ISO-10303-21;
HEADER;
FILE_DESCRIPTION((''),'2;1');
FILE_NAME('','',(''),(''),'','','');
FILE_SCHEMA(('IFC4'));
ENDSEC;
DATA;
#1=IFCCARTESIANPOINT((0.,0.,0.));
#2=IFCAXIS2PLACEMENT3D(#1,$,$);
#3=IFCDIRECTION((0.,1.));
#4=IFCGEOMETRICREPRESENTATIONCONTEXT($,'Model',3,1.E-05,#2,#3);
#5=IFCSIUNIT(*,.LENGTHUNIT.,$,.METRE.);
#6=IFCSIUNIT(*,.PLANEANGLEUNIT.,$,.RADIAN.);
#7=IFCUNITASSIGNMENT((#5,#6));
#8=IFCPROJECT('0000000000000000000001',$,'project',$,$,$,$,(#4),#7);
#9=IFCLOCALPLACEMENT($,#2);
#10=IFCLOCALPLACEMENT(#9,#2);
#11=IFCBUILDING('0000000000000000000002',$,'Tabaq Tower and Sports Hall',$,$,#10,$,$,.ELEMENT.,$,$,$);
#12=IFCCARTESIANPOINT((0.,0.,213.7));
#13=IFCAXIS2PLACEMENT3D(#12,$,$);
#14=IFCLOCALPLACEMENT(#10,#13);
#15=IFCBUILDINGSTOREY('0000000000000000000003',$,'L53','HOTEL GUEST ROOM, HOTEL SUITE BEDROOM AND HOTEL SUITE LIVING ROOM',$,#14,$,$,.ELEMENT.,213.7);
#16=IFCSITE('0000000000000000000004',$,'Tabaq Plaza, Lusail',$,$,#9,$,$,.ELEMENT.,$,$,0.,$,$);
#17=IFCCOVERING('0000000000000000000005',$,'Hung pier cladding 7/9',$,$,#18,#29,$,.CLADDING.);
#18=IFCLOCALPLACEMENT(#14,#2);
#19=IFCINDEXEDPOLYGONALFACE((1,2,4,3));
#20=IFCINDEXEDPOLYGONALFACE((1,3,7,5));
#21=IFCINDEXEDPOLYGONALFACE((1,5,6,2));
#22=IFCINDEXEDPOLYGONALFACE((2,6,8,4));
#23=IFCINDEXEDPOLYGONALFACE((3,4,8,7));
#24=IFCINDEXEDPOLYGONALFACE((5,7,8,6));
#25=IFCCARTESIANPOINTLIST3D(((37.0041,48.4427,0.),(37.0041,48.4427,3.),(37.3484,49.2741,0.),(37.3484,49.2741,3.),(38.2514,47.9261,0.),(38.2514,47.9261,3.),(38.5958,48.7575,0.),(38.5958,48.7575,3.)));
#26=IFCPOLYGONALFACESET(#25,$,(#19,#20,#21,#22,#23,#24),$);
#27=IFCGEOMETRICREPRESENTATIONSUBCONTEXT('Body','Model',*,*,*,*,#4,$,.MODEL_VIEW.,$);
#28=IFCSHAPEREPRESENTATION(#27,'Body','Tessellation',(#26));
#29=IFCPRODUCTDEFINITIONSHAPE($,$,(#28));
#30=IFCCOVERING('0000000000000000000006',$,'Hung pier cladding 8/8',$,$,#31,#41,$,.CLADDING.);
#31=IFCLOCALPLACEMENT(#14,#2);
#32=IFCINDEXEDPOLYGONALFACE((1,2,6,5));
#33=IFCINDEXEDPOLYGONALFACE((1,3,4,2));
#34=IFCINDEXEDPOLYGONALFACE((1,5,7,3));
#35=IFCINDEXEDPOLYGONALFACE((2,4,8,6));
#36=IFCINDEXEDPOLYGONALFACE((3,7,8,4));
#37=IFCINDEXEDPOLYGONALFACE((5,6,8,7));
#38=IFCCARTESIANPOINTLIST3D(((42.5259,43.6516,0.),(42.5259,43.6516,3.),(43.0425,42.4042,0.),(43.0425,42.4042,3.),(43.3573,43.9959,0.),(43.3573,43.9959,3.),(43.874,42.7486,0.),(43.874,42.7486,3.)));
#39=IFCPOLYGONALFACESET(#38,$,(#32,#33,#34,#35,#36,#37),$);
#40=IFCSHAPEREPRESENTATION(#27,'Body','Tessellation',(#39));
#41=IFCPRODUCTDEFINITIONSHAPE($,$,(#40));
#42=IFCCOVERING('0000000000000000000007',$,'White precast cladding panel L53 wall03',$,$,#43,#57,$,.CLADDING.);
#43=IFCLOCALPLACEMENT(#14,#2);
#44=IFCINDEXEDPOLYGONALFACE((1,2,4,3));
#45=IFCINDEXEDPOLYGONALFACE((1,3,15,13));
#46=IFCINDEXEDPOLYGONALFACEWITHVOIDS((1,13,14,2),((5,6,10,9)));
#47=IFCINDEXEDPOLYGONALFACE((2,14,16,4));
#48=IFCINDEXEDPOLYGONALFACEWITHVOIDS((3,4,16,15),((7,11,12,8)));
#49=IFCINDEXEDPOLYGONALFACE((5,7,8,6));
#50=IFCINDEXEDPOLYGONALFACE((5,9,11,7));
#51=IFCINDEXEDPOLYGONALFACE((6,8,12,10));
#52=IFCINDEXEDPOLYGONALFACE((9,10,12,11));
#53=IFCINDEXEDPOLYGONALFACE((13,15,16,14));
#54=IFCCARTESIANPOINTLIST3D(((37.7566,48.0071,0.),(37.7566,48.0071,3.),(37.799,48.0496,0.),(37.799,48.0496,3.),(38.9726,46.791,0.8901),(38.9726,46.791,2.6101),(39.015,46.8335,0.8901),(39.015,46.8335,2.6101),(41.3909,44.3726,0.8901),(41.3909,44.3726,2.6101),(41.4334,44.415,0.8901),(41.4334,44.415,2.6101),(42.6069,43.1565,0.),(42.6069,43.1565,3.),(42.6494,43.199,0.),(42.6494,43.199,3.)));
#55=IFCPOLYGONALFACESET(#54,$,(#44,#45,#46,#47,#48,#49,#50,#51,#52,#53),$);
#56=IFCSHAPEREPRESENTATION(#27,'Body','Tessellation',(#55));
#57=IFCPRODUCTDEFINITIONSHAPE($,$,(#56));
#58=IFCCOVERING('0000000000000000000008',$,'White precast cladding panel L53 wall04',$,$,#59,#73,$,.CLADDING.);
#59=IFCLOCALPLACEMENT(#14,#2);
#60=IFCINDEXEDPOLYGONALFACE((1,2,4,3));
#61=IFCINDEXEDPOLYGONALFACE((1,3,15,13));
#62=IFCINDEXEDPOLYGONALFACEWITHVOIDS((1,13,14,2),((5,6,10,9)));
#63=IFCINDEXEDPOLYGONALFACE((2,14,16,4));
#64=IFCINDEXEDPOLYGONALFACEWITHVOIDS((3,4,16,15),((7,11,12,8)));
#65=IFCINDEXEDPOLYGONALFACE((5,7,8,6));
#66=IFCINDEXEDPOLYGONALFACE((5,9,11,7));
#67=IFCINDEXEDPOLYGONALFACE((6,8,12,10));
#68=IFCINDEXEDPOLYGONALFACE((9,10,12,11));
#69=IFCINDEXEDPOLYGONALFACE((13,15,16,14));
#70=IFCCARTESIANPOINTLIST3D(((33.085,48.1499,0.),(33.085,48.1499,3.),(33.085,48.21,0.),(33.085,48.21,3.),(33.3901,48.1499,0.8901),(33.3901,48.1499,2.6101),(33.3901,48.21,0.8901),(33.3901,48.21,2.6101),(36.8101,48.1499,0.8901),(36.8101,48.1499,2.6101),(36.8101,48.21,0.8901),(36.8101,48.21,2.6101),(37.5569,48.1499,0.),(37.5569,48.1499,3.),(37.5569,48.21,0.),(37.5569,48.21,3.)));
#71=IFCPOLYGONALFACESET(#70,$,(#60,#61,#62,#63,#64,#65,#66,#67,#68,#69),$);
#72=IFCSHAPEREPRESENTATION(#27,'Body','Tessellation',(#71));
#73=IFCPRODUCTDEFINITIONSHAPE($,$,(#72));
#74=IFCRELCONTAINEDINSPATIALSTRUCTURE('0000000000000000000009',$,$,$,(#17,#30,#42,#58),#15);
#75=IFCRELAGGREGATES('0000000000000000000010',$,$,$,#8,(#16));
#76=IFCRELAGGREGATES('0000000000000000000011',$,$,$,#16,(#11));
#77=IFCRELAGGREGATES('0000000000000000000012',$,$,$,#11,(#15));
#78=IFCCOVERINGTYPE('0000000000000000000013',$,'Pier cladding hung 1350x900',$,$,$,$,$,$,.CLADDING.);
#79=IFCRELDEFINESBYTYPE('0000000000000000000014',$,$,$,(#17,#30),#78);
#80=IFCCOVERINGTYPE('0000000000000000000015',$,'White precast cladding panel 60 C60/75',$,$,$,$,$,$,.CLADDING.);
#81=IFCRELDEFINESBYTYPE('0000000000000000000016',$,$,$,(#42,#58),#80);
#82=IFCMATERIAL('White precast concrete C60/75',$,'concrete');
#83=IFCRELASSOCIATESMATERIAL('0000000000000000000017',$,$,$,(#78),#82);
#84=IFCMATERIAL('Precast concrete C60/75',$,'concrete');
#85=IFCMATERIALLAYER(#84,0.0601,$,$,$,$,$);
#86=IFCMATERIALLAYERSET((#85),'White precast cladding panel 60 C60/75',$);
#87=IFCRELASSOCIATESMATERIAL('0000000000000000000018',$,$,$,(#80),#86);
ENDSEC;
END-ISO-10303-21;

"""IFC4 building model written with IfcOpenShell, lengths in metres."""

from ifc_helpers import new_model, si_unit, direction, frame, frame_2d, origin, place, context, subcontext, project, spatial, polyline, rectangle, outline, extrude, material, layer, layer_set, type_object, element, save


model = new_model("IFC4")

# Units and contexts
model_context = context("Model", 3, precision=1e-05, world=origin(), true_north=direction((0.0, 1.0)))
body_context = subcontext(model_context, "Body", "Model", "MODEL_VIEW")
ifc_project = project(units=[si_unit("LENGTHUNIT", "METRE"), si_unit("PLANEANGLEUNIT", "RADIAN")], contexts=[model_context])

# Site, building, storey
site_placement = place(None, origin())
site = spatial("IfcSite", under=ifc_project, at=site_placement, Name="Tabaq Plaza, Lusail", CompositionType="ELEMENT", RefElevation=0.0)
building_placement = place(site_placement, origin())
building = spatial("IfcBuilding", under=site, at=building_placement, Name="Tabaq Tower and Sports Hall", CompositionType="ELEMENT")
storey_placement = place(building_placement, frame((0.0, 0.0, 213.7)))
storey = spatial("IfcBuildingStorey", under=building, at=storey_placement, Name="L53", Description="HOTEL GUEST ROOM, HOTEL SUITE BEDROOM AND HOTEL SUITE LIVING ROOM", CompositionType="ELEMENT", Elevation=213.7)

# Coverings
ifc_material_1 = material(Name="White precast concrete C60/75", Category="concrete")
covering_type_1 = type_object("IfcCoveringType", Name="Pier cladding hung 1350x900", PredefinedType="CLADDING", material=ifc_material_1)
for number, where, z_axis, x_axis, name in (
    (1, (38.4236, 48.3418, 0.0), (0.0, 0.0, 1.0), (-0.923893, 0.38265, 0.0), "Hung pier cladding 7/9"),
    (2, (43.4583, 42.5764, 0.0), (0.0, 0.0, 1.0), (-0.38265, 0.923893, 0.0), "Hung pier cladding 8/8"),
):
    element("IfcCovering", number, at=place(storey_placement, frame(where, z_axis=z_axis, x_axis=x_axis)), inside=storey, type_object=covering_type_1, Name=name, PredefinedType="CLADDING", context=body_context, shape_type="SweptSolid", body=[
        extrude(rectangle(XDim=1.3501, YDim=0.8999, at=frame_2d((0.675, 0.0))), origin(), (0.0, 0.0, 1.0), 3.0),
    ])
ifc_material_2 = material(Name="Precast concrete C60/75", Category="concrete")
ifc_layer_1 = layer(ifc_material_2, 0.0601)
ifc_layer_set_1 = layer_set([ifc_layer_1], Name="White precast cladding panel 60 C60/75")
covering_type_2 = type_object("IfcCoveringType", Name="White precast cladding panel 60 C60/75", PredefinedType="CLADDING", material=ifc_layer_set_1)
covering_1_placement = place(storey_placement, frame((42.6282, 43.1777, 0.0), z_axis=(0.0, 0.0, 1.0), x_axis=(-0.707089, 0.707125, 0.0)))
element("IfcCovering", 3, at=covering_1_placement, inside=storey, type_object=covering_type_2, Name="White precast cladding panel L53 wall03", PredefinedType="CLADDING", context=body_context, shape_type="SweptSolid", body=[
    extrude(outline(polyline([(0.0, 0.0), (6.8596, 0.0), (6.8596, 3.0), (0.0, 3.0), (0.0, 0.0)]), holes=[polyline([(1.7197, 0.8901), (1.7197, 2.6101), (5.1399, 2.6101), (5.1399, 0.8901), (1.7197, 0.8901)])]), frame((0.0, 0.03, 0.0), z_axis=(0.0, -1.0, 0.0), x_axis=(1.0, 0.0, 0.0)), (0.0, 0.0, 1.0), 0.0601),
])
covering_2_placement = place(storey_placement, frame((37.5569, 48.1799, 0.0), z_axis=(0.0, 0.0, 1.0), x_axis=(-1.0, 0.0, 0.0)))
element("IfcCovering", 4, at=covering_2_placement, inside=storey, type_object=covering_type_2, Name="White precast cladding panel L53 wall04", PredefinedType="CLADDING", context=body_context, shape_type="SweptSolid", body=[
    extrude(outline(polyline([(0.0, 0.0), (4.4719, 0.0), (4.4719, 3.0), (0.0, 3.0), (0.0, 0.0)]), holes=[polyline([(0.7468, 0.8901), (0.7468, 2.6101), (4.1667, 2.6101), (4.1667, 0.8901), (0.7468, 0.8901)])]), frame((0.0, 0.03, 0.0), z_axis=(0.0, -1.0, 0.0), x_axis=(1.0, 0.0, 0.0)), (0.0, 0.0, 1.0), 0.0601),
])

save(model, "model.ifc")
